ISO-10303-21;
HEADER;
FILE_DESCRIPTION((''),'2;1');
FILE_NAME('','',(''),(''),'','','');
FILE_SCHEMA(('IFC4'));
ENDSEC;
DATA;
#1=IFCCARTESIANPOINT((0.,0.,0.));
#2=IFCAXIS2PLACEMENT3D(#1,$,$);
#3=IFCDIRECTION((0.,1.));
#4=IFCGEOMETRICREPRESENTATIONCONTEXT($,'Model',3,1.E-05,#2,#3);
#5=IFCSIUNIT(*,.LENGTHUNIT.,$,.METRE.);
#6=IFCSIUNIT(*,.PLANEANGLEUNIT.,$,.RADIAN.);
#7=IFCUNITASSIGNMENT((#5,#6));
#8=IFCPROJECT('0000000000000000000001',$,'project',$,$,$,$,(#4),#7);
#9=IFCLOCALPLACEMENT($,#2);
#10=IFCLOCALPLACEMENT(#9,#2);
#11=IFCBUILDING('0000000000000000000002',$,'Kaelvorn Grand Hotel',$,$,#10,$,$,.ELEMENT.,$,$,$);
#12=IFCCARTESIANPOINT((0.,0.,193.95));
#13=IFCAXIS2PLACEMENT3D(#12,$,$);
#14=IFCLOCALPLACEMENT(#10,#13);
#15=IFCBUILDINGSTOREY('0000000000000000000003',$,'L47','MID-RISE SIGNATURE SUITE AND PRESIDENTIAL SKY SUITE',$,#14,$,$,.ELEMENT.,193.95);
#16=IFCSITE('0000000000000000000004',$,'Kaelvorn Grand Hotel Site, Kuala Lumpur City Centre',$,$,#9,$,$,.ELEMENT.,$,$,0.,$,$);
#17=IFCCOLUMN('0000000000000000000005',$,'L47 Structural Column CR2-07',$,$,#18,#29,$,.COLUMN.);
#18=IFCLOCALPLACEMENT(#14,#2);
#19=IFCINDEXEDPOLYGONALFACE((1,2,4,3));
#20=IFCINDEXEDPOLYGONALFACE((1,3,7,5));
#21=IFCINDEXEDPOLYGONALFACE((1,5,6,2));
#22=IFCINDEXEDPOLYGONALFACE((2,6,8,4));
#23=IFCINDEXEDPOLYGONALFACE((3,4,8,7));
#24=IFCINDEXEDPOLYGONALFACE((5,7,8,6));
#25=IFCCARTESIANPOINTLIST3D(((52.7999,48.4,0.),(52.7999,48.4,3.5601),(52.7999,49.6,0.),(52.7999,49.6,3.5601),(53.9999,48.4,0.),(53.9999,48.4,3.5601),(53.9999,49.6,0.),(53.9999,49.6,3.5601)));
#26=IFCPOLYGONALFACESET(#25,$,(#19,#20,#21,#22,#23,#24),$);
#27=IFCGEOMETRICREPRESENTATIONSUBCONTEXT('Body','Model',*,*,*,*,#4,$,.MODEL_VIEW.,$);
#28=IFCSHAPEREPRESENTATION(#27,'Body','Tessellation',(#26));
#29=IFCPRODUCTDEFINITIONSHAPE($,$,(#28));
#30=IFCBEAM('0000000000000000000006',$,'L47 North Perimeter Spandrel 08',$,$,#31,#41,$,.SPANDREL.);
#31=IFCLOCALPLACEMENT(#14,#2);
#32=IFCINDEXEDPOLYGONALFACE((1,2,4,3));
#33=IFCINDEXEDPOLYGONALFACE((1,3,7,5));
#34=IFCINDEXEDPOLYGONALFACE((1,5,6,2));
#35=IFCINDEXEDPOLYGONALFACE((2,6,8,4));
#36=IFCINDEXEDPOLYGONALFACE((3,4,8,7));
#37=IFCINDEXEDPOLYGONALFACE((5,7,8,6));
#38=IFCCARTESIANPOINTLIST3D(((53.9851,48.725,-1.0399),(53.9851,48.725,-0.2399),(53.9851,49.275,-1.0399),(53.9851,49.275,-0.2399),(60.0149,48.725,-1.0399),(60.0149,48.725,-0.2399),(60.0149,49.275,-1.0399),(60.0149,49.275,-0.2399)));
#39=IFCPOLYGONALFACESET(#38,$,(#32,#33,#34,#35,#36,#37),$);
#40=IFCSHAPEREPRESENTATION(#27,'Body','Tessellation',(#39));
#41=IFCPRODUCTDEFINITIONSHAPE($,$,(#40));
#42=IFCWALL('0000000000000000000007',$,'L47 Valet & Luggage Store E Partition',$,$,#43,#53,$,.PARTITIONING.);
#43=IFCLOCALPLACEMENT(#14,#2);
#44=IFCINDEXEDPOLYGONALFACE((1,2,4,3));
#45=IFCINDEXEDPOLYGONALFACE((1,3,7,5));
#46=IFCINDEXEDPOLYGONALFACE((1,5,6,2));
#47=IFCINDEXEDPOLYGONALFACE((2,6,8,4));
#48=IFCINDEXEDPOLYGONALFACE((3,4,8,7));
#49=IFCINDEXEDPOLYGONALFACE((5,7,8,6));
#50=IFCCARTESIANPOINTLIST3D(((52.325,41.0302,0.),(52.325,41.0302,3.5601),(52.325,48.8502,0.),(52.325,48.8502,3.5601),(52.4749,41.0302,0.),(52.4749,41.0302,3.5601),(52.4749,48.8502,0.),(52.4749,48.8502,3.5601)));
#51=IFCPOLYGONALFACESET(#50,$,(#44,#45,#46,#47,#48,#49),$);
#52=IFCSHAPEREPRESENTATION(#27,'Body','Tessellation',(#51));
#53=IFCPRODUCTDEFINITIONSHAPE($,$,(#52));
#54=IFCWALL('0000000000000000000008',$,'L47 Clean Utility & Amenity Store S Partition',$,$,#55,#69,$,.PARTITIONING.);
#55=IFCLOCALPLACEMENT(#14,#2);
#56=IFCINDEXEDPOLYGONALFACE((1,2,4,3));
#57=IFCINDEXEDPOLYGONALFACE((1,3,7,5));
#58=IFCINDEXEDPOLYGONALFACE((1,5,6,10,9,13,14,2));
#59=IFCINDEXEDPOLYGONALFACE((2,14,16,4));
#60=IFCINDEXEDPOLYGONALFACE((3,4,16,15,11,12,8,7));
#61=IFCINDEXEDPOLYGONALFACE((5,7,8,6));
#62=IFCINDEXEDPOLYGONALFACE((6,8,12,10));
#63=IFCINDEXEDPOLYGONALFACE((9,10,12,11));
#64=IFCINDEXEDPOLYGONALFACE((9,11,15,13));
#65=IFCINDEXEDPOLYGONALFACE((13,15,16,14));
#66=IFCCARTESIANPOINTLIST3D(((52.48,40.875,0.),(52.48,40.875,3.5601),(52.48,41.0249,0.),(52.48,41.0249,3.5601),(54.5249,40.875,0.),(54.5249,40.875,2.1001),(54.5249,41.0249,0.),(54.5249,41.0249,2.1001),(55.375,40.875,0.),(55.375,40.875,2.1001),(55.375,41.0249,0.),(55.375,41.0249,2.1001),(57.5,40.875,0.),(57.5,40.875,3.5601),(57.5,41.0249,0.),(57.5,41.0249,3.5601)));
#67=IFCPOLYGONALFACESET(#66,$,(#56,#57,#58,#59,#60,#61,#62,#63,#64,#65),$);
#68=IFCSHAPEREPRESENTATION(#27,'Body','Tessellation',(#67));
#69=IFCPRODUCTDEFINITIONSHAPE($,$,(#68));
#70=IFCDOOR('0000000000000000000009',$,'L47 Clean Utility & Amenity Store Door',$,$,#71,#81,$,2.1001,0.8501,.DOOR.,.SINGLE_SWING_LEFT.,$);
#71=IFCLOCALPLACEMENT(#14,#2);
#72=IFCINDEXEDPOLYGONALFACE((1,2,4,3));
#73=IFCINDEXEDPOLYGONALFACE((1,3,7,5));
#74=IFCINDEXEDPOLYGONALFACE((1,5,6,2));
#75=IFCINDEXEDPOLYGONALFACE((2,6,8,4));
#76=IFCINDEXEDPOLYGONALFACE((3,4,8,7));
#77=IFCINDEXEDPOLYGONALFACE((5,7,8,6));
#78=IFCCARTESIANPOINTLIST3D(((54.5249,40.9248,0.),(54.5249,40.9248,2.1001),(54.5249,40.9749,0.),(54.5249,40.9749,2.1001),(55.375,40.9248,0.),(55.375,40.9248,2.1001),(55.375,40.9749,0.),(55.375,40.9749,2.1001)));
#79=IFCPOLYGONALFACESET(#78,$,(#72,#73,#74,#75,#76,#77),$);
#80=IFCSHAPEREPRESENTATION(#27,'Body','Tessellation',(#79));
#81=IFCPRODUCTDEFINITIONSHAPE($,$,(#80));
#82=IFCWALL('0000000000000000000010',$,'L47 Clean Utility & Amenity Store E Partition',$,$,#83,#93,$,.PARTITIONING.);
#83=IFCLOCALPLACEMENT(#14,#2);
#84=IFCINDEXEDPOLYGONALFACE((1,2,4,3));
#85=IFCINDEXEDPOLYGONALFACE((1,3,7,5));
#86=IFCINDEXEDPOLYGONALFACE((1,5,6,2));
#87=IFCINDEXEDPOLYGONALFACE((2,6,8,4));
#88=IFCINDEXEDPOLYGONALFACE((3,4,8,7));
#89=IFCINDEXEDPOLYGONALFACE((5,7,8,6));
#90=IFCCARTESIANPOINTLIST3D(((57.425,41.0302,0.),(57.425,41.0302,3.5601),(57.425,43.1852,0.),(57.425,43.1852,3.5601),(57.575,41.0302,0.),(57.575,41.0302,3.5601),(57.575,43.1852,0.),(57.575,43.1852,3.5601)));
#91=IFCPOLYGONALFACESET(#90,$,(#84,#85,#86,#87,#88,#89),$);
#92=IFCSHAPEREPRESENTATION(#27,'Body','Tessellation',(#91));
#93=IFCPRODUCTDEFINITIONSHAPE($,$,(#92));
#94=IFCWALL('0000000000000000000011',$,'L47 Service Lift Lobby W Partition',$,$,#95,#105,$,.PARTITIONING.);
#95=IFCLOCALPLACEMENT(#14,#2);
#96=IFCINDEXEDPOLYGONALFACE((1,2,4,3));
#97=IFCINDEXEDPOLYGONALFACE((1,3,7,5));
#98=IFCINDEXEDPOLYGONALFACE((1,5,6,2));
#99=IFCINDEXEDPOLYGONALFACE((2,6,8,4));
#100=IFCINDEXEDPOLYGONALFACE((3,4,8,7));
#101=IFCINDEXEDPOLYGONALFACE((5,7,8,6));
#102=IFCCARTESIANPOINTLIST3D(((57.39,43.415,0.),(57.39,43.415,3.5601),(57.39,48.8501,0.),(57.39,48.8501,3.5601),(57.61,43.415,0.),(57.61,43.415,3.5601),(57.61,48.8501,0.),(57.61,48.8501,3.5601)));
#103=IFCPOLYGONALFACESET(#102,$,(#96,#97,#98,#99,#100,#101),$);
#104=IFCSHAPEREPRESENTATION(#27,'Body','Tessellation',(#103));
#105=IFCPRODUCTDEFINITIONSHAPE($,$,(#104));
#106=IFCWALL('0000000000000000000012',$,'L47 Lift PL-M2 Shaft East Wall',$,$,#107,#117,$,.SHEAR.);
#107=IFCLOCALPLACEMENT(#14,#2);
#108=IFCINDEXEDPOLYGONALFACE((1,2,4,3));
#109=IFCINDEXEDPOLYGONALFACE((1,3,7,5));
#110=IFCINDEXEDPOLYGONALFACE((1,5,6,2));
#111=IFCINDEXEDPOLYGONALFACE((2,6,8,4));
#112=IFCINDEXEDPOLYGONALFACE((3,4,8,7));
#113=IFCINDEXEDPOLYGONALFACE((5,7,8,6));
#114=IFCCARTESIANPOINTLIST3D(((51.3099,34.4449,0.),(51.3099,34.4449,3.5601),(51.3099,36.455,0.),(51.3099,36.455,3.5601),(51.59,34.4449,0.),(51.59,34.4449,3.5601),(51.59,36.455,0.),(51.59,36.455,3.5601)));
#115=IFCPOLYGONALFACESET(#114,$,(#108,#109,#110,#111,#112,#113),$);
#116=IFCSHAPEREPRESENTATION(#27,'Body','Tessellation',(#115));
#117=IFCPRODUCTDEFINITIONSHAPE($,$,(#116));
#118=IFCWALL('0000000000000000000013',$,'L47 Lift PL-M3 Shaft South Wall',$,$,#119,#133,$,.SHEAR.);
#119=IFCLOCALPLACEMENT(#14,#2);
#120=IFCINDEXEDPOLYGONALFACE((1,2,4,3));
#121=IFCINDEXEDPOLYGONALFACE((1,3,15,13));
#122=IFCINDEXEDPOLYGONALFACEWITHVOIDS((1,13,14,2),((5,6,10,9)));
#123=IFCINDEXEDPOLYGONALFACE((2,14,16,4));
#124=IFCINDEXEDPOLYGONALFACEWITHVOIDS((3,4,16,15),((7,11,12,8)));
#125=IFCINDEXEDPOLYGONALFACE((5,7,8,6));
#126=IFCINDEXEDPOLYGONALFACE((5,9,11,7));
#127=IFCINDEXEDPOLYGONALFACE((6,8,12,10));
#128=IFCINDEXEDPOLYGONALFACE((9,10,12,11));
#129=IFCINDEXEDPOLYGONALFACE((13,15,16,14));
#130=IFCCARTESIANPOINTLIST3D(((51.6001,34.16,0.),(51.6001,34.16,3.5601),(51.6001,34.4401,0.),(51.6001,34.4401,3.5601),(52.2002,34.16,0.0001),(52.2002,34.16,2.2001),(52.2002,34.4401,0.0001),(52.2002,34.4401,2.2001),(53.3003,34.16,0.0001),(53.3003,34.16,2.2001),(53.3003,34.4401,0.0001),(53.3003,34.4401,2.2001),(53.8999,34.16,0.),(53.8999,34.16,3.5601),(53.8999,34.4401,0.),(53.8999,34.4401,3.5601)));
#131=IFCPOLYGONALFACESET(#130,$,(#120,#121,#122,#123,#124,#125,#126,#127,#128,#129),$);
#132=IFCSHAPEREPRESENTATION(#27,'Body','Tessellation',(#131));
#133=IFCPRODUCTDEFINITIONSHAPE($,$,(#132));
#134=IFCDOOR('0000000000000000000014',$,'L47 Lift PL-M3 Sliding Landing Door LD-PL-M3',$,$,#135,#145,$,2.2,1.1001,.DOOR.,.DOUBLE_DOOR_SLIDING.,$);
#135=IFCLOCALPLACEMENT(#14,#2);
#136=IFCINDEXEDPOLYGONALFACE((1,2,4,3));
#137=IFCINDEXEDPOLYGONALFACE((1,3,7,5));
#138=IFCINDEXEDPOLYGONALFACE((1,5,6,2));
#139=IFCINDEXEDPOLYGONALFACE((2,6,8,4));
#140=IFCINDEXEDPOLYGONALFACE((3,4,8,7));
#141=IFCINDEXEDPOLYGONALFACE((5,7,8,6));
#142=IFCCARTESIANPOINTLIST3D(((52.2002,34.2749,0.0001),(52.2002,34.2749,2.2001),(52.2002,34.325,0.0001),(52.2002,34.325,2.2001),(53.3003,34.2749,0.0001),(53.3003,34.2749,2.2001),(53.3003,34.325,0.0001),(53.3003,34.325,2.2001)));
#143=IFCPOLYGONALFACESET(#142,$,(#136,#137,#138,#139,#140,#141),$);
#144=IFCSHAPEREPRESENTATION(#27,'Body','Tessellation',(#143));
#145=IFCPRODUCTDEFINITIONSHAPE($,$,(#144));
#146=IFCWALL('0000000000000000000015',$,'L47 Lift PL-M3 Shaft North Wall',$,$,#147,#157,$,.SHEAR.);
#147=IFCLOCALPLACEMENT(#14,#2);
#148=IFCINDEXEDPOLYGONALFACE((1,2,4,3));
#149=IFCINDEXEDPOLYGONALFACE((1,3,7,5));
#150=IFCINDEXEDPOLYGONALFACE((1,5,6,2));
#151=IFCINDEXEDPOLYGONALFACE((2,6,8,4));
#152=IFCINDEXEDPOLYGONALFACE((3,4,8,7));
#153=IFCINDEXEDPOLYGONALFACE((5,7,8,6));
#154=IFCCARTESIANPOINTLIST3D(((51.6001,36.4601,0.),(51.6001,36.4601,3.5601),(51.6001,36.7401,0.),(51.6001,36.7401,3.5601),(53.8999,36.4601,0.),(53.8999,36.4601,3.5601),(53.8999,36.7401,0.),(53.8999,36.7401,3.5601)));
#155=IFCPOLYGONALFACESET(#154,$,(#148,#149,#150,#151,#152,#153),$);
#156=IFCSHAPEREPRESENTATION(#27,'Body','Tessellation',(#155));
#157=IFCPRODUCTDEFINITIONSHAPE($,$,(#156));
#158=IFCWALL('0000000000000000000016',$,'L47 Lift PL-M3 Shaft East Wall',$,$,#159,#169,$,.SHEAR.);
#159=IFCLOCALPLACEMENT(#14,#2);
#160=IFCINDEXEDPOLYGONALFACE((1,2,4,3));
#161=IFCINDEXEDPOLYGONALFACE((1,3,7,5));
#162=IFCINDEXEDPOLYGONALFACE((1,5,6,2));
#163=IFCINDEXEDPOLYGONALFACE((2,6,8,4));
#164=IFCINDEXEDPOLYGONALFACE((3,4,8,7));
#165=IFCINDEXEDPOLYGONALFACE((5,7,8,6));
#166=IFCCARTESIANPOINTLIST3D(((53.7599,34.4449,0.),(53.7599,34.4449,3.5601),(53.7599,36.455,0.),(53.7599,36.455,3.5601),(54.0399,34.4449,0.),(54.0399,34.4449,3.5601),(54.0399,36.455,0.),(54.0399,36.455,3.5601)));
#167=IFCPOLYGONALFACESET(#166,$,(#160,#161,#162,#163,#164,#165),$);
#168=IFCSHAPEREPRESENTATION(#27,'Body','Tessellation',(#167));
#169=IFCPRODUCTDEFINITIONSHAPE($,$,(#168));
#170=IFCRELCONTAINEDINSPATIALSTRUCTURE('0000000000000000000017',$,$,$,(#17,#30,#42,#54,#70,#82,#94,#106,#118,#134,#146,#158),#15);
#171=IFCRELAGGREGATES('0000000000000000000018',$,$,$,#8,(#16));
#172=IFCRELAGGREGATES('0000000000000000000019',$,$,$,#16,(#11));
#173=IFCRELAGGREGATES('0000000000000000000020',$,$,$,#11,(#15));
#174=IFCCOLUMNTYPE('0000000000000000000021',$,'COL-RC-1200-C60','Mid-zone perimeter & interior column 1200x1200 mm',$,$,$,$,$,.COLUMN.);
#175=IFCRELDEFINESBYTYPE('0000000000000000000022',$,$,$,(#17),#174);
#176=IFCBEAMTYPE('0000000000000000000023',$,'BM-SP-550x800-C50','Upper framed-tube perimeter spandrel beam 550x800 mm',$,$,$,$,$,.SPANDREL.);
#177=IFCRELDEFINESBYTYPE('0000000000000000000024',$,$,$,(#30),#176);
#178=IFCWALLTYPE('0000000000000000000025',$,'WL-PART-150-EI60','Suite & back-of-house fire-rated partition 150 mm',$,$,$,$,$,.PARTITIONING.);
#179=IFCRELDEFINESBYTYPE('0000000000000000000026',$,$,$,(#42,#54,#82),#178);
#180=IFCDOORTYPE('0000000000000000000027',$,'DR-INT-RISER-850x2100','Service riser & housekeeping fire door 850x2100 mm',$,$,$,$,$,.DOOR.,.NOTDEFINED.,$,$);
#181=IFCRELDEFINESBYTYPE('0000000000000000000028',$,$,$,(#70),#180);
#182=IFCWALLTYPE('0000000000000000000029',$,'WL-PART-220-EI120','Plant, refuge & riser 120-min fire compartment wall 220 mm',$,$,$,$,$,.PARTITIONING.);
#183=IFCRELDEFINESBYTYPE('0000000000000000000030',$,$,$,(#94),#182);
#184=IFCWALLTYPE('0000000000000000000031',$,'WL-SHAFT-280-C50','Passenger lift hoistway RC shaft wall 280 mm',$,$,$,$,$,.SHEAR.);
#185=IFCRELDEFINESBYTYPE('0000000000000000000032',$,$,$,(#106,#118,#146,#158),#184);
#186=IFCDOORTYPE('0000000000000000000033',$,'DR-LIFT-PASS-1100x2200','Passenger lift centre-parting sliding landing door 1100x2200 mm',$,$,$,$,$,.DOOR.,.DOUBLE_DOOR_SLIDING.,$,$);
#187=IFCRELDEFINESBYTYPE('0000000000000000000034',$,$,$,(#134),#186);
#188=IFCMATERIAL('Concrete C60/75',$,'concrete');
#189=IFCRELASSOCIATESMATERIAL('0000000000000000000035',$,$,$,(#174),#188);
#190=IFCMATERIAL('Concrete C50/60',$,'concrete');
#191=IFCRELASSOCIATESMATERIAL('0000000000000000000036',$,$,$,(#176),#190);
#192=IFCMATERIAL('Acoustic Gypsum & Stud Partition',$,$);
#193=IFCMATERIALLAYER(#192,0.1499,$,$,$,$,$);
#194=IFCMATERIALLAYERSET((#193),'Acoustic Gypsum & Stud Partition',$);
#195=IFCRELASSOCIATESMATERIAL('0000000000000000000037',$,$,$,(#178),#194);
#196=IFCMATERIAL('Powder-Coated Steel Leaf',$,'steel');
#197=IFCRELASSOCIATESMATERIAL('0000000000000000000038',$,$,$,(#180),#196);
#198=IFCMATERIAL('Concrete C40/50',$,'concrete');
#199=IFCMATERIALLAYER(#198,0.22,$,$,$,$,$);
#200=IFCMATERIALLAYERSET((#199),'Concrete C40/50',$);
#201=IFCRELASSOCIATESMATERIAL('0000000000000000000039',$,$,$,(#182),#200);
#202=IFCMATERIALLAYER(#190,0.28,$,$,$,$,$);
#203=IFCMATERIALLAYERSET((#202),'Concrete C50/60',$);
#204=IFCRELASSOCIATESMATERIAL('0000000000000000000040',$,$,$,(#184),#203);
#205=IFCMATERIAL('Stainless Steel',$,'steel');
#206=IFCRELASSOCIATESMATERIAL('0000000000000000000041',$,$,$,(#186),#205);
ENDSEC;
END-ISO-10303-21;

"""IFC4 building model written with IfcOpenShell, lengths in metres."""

from ifc_helpers import new_model, si_unit, direction, frame, frame_2d, origin, origin_2d, place, context, subcontext, project, spatial, rectangle, extrude, material, layer, layer_set, material_profile, profile_set, type_object, element, fill, save


model = new_model("IFC4")

# Units and contexts
model_context = context("Model", 3, precision=1e-05, world=origin(), true_north=direction((0.0, 1.0)))
body_context = subcontext(model_context, "Body", "Model", "MODEL_VIEW")
ifc_project = project(units=[si_unit("LENGTHUNIT", "METRE"), si_unit("PLANEANGLEUNIT", "RADIAN")], contexts=[model_context])

# Site, building, storey
site_placement = place(None, origin())
site = spatial("IfcSite", under=ifc_project, at=site_placement, Name="Kaelvorn Grand Hotel Site, Kuala Lumpur City Centre", CompositionType="ELEMENT", RefElevation=0.0)
building_placement = place(site_placement, origin())
building = spatial("IfcBuilding", under=site, at=building_placement, Name="Kaelvorn Grand Hotel", CompositionType="ELEMENT")
storey_placement = place(building_placement, frame((0.0, 0.0, 193.95)))
storey = spatial("IfcBuildingStorey", under=building, at=storey_placement, Name="L47", Description="MID-RISE SIGNATURE SUITE AND PRESIDENTIAL SKY SUITE", CompositionType="ELEMENT", Elevation=193.95)

# Column
ifc_material_1 = material(Name="Concrete C60/75", Category="concrete")
ifc_material_profile_1 = material_profile(ifc_material_1, rectangle(XDim=1.2, YDim=1.2, at=origin_2d()), Name="RC COL 1200x1200")
ifc_profile_set_1 = profile_set([ifc_material_profile_1], Name="Concrete C60/75")
column_type = type_object("IfcColumnType", Name="COL-RC-1200-C60", Description="Mid-zone perimeter & interior column 1200x1200 mm", PredefinedType="COLUMN", material=ifc_profile_set_1)
column_placement = place(storey_placement, frame((53.3999, 49.0, 0.0), z_axis=(0.0, 0.0, 1.0), x_axis=(1.0, 0.0, 0.0)))
element("IfcColumn", 1, at=column_placement, inside=storey, type_object=column_type, Name="L47 Structural Column CR2-07", PredefinedType="COLUMN", context=body_context, shape_type="SweptSolid", body=[
    extrude(rectangle(XDim=1.2, YDim=1.2, at=origin_2d()), origin(), (0.0, 0.0, 1.0), 3.5601),
])

# Beam
ifc_material_2 = material(Name="Concrete C50/60", Category="concrete")
ifc_material_profile_2 = material_profile(ifc_material_2, rectangle(XDim=0.55, YDim=0.8, at=origin_2d()), Name="RC SPANDREL 550x800")
ifc_profile_set_2 = profile_set([ifc_material_profile_2], Name="Concrete C50/60")
beam_type = type_object("IfcBeamType", Name="BM-SP-550x800-C50", Description="Upper framed-tube perimeter spandrel beam 550x800 mm", PredefinedType="SPANDREL", material=ifc_profile_set_2)
beam_placement = place(storey_placement, frame((53.9851, 49.0, -0.6399), z_axis=(1.0, 0.0, 0.0), x_axis=(0.0, 1.0, 0.0)))
element("IfcBeam", 2, at=beam_placement, inside=storey, type_object=beam_type, Name="L47 North Perimeter Spandrel 08", PredefinedType="SPANDREL", context=body_context, shape_type="SweptSolid", body=[
    extrude(rectangle(XDim=0.55, YDim=0.8, at=origin_2d()), origin(), (0.0, 0.0, 1.0), 6.0298),
])

# Wall
ifc_material_3 = material(Name="Acoustic Gypsum & Stud Partition")
ifc_layer_1 = layer(ifc_material_3, 0.1499)
ifc_layer_set_1 = layer_set([ifc_layer_1], Name="Acoustic Gypsum & Stud Partition")
wall_type_1 = type_object("IfcWallType", Name="WL-PART-150-EI60", Description="Suite & back-of-house fire-rated partition 150 mm", PredefinedType="PARTITIONING", material=ifc_layer_set_1)
wall_1_placement = place(storey_placement, frame((52.3999, 41.03, 0.0), z_axis=(0.0, 0.0, 1.0), x_axis=(0.0, 1.0, 0.0)))
element("IfcWall", 3, at=wall_1_placement, inside=storey, type_object=wall_type_1, Name="L47 Valet & Luggage Store E Partition", PredefinedType="PARTITIONING", context=body_context, shape_type="SweptSolid", body=[
    extrude(rectangle(XDim=7.8201, YDim=0.1499, at=frame_2d((3.9102, 0.0))), origin(), (0.0, 0.0, 1.0), 3.5601),
])

# Wall, opening, door
wall_2_placement = place(storey_placement, frame((52.48, 40.95, 0.0), z_axis=(0.0, 0.0, 1.0), x_axis=(1.0, 0.0, 0.0)))
wall_2 = element("IfcWall", 4, at=wall_2_placement, inside=storey, type_object=wall_type_1, Name="L47 Clean Utility & Amenity Store S Partition", PredefinedType="PARTITIONING", context=body_context, shape_type="SweptSolid", body=[
    extrude(rectangle(XDim=5.02, YDim=0.1499, at=frame_2d((2.51, 0.0))), origin(), (0.0, 0.0, 1.0), 3.5601),
])
opening_1_placement = place(wall_2_placement, frame((2.0449, 0.0, 0.0)))
opening_1 = element("IfcOpeningElement", 5, at=opening_1_placement, cuts=wall_2, PredefinedType="OPENING", context=body_context, shape_type="SweptSolid", body=[
    extrude(rectangle(XDim=0.8501, YDim=2.1001, at=frame_2d((0.425, 1.05))), frame((0.0, 0.085, 0.0), z_axis=(0.0, -1.0, 0.0), x_axis=(1.0, 0.0, 0.0)), (0.0, 0.0, 1.0), 0.1699),
])
ifc_material_4 = material(Name="Powder-Coated Steel Leaf", Category="steel")
door_type_1 = type_object("IfcDoorType", Name="DR-INT-RISER-850x2100", Description="Service riser & housekeeping fire door 850x2100 mm", OperationType="NOTDEFINED", PredefinedType="DOOR", material=ifc_material_4)
door_1_placement = place(opening_1_placement, origin())
door_1 = element("IfcDoor", 6, at=door_1_placement, inside=storey, type_object=door_type_1, Name="L47 Clean Utility & Amenity Store Door", OperationType="SINGLE_SWING_LEFT", OverallHeight=2.1001, OverallWidth=0.8501, PredefinedType="DOOR", context=body_context, shape_type="SweptSolid", body=[
    extrude(rectangle(XDim=0.8501, YDim=2.1001, at=frame_2d((0.425, 1.05))), frame((0.0, 0.0249, 0.0), z_axis=(0.0, -1.0, 0.0), x_axis=(1.0, 0.0, 0.0)), (0.0, 0.0, 1.0), 0.05),
])
fill(opening_1, door_1)

# Wall
wall_3_placement = place(storey_placement, frame((57.5, 41.03, 0.0), z_axis=(0.0, 0.0, 1.0), x_axis=(0.0, 1.0, 0.0)))
element("IfcWall", 7, at=wall_3_placement, inside=storey, type_object=wall_type_1, Name="L47 Clean Utility & Amenity Store E Partition", PredefinedType="PARTITIONING", context=body_context, shape_type="SweptSolid", body=[
    extrude(rectangle(XDim=2.155, YDim=0.1499, at=frame_2d((1.0776, 0.0))), origin(), (0.0, 0.0, 1.0), 3.5601),
])

# Shared definitions
ifc_material_5 = material(Name="Concrete C40/50", Category="concrete")
ifc_layer_2 = layer(ifc_material_5, 0.22)
ifc_layer_set_2 = layer_set([ifc_layer_2], Name="Concrete C40/50")
wall_type_2 = type_object("IfcWallType", Name="WL-PART-220-EI120", Description="Plant, refuge & riser 120-min fire compartment wall 220 mm", PredefinedType="PARTITIONING", material=ifc_layer_set_2)

# Walls
wall_4_placement = place(storey_placement, frame((57.5, 43.415, 0.0), z_axis=(0.0, 0.0, 1.0), x_axis=(0.0, 1.0, 0.0)))
element("IfcWall", 8, at=wall_4_placement, inside=storey, type_object=wall_type_2, Name="L47 Service Lift Lobby W Partition", PredefinedType="PARTITIONING", context=body_context, shape_type="SweptSolid", body=[
    extrude(rectangle(XDim=5.4351, YDim=0.22, at=frame_2d((2.7175, 0.0))), origin(), (0.0, 0.0, 1.0), 3.5601),
])
ifc_layer_3 = layer(ifc_material_2, 0.28)
ifc_layer_set_3 = layer_set([ifc_layer_3], Name="Concrete C50/60")
wall_type_3 = type_object("IfcWallType", Name="WL-SHAFT-280-C50", Description="Passenger lift hoistway RC shaft wall 280 mm", PredefinedType="SHEAR", material=ifc_layer_set_3)
wall_5_placement = place(storey_placement, frame((51.45, 34.4451, 0.0), z_axis=(0.0, 0.0, 1.0), x_axis=(0.0, 1.0, 0.0)))
element("IfcWall", 9, at=wall_5_placement, inside=storey, type_object=wall_type_3, Name="L47 Lift PL-M2 Shaft East Wall", PredefinedType="SHEAR", context=body_context, shape_type="SweptSolid", body=[
    extrude(rectangle(XDim=2.01, YDim=0.28, at=frame_2d((1.0049, 0.0))), origin(), (0.0, 0.0, 1.0), 3.5601),
])

# Wall, opening, door
wall_6_placement = place(storey_placement, frame((51.6001, 34.3, 0.0), z_axis=(0.0, 0.0, 1.0), x_axis=(1.0, 0.0, 0.0)))
wall_6 = element("IfcWall", 10, at=wall_6_placement, inside=storey, type_object=wall_type_3, Name="L47 Lift PL-M3 Shaft South Wall", PredefinedType="SHEAR", context=body_context, shape_type="SweptSolid", body=[
    extrude(rectangle(XDim=2.2998, YDim=0.28, at=frame_2d((1.1499, 0.0))), origin(), (0.0, 0.0, 1.0), 3.5601),
])
opening_2_placement = place(wall_6_placement, frame((0.6001, 0.0, 0.0)))
opening_2 = element("IfcOpeningElement", 11, at=opening_2_placement, cuts=wall_6, PredefinedType="OPENING", context=body_context, shape_type="SweptSolid", body=[
    extrude(rectangle(XDim=1.1001, YDim=2.2, at=frame_2d((0.55, 1.1001))), frame((0.0, 0.1499, 0.0), z_axis=(0.0, -1.0, 0.0), x_axis=(1.0, 0.0, 0.0)), (0.0, 0.0, 1.0), 0.3),
])
ifc_material_6 = material(Name="Stainless Steel", Category="steel")
door_type_2 = type_object("IfcDoorType", Name="DR-LIFT-PASS-1100x2200", Description="Passenger lift centre-parting sliding landing door 1100x2200 mm", OperationType="DOUBLE_DOOR_SLIDING", PredefinedType="DOOR", material=ifc_material_6)
door_2_placement = place(opening_2_placement, origin())
door_2 = element("IfcDoor", 12, at=door_2_placement, inside=storey, type_object=door_type_2, Name="L47 Lift PL-M3 Sliding Landing Door LD-PL-M3", OperationType="DOUBLE_DOOR_SLIDING", OverallHeight=2.2, OverallWidth=1.1001, PredefinedType="DOOR", context=body_context, shape_type="SweptSolid", body=[
    extrude(rectangle(XDim=1.1001, YDim=2.2, at=frame_2d((0.55, 1.1001))), frame((0.0, 0.0249, 0.0), z_axis=(0.0, -1.0, 0.0), x_axis=(1.0, 0.0, 0.0)), (0.0, 0.0, 1.0), 0.05),
])
fill(opening_2, door_2)

# Walls
wall_7_placement = place(storey_placement, frame((51.6001, 36.6001, 0.0), z_axis=(0.0, 0.0, 1.0), x_axis=(1.0, 0.0, 0.0)))
element("IfcWall", 13, at=wall_7_placement, inside=storey, type_object=wall_type_3, Name="L47 Lift PL-M3 Shaft North Wall", PredefinedType="SHEAR", context=body_context, shape_type="SweptSolid", body=[
    extrude(rectangle(XDim=2.2998, YDim=0.28, at=frame_2d((1.1499, 0.0))), origin(), (0.0, 0.0, 1.0), 3.5601),
])
wall_8_placement = place(storey_placement, frame((53.8999, 34.4451, 0.0), z_axis=(0.0, 0.0, 1.0), x_axis=(0.0, 1.0, 0.0)))
element("IfcWall", 14, at=wall_8_placement, inside=storey, type_object=wall_type_3, Name="L47 Lift PL-M3 Shaft East Wall", PredefinedType="SHEAR", context=body_context, shape_type="SweptSolid", body=[
    extrude(rectangle(XDim=2.01, YDim=0.28, at=frame_2d((1.0049, 0.0))), origin(), (0.0, 0.0, 1.0), 3.5601),
])

save(model, "model.ifc")
